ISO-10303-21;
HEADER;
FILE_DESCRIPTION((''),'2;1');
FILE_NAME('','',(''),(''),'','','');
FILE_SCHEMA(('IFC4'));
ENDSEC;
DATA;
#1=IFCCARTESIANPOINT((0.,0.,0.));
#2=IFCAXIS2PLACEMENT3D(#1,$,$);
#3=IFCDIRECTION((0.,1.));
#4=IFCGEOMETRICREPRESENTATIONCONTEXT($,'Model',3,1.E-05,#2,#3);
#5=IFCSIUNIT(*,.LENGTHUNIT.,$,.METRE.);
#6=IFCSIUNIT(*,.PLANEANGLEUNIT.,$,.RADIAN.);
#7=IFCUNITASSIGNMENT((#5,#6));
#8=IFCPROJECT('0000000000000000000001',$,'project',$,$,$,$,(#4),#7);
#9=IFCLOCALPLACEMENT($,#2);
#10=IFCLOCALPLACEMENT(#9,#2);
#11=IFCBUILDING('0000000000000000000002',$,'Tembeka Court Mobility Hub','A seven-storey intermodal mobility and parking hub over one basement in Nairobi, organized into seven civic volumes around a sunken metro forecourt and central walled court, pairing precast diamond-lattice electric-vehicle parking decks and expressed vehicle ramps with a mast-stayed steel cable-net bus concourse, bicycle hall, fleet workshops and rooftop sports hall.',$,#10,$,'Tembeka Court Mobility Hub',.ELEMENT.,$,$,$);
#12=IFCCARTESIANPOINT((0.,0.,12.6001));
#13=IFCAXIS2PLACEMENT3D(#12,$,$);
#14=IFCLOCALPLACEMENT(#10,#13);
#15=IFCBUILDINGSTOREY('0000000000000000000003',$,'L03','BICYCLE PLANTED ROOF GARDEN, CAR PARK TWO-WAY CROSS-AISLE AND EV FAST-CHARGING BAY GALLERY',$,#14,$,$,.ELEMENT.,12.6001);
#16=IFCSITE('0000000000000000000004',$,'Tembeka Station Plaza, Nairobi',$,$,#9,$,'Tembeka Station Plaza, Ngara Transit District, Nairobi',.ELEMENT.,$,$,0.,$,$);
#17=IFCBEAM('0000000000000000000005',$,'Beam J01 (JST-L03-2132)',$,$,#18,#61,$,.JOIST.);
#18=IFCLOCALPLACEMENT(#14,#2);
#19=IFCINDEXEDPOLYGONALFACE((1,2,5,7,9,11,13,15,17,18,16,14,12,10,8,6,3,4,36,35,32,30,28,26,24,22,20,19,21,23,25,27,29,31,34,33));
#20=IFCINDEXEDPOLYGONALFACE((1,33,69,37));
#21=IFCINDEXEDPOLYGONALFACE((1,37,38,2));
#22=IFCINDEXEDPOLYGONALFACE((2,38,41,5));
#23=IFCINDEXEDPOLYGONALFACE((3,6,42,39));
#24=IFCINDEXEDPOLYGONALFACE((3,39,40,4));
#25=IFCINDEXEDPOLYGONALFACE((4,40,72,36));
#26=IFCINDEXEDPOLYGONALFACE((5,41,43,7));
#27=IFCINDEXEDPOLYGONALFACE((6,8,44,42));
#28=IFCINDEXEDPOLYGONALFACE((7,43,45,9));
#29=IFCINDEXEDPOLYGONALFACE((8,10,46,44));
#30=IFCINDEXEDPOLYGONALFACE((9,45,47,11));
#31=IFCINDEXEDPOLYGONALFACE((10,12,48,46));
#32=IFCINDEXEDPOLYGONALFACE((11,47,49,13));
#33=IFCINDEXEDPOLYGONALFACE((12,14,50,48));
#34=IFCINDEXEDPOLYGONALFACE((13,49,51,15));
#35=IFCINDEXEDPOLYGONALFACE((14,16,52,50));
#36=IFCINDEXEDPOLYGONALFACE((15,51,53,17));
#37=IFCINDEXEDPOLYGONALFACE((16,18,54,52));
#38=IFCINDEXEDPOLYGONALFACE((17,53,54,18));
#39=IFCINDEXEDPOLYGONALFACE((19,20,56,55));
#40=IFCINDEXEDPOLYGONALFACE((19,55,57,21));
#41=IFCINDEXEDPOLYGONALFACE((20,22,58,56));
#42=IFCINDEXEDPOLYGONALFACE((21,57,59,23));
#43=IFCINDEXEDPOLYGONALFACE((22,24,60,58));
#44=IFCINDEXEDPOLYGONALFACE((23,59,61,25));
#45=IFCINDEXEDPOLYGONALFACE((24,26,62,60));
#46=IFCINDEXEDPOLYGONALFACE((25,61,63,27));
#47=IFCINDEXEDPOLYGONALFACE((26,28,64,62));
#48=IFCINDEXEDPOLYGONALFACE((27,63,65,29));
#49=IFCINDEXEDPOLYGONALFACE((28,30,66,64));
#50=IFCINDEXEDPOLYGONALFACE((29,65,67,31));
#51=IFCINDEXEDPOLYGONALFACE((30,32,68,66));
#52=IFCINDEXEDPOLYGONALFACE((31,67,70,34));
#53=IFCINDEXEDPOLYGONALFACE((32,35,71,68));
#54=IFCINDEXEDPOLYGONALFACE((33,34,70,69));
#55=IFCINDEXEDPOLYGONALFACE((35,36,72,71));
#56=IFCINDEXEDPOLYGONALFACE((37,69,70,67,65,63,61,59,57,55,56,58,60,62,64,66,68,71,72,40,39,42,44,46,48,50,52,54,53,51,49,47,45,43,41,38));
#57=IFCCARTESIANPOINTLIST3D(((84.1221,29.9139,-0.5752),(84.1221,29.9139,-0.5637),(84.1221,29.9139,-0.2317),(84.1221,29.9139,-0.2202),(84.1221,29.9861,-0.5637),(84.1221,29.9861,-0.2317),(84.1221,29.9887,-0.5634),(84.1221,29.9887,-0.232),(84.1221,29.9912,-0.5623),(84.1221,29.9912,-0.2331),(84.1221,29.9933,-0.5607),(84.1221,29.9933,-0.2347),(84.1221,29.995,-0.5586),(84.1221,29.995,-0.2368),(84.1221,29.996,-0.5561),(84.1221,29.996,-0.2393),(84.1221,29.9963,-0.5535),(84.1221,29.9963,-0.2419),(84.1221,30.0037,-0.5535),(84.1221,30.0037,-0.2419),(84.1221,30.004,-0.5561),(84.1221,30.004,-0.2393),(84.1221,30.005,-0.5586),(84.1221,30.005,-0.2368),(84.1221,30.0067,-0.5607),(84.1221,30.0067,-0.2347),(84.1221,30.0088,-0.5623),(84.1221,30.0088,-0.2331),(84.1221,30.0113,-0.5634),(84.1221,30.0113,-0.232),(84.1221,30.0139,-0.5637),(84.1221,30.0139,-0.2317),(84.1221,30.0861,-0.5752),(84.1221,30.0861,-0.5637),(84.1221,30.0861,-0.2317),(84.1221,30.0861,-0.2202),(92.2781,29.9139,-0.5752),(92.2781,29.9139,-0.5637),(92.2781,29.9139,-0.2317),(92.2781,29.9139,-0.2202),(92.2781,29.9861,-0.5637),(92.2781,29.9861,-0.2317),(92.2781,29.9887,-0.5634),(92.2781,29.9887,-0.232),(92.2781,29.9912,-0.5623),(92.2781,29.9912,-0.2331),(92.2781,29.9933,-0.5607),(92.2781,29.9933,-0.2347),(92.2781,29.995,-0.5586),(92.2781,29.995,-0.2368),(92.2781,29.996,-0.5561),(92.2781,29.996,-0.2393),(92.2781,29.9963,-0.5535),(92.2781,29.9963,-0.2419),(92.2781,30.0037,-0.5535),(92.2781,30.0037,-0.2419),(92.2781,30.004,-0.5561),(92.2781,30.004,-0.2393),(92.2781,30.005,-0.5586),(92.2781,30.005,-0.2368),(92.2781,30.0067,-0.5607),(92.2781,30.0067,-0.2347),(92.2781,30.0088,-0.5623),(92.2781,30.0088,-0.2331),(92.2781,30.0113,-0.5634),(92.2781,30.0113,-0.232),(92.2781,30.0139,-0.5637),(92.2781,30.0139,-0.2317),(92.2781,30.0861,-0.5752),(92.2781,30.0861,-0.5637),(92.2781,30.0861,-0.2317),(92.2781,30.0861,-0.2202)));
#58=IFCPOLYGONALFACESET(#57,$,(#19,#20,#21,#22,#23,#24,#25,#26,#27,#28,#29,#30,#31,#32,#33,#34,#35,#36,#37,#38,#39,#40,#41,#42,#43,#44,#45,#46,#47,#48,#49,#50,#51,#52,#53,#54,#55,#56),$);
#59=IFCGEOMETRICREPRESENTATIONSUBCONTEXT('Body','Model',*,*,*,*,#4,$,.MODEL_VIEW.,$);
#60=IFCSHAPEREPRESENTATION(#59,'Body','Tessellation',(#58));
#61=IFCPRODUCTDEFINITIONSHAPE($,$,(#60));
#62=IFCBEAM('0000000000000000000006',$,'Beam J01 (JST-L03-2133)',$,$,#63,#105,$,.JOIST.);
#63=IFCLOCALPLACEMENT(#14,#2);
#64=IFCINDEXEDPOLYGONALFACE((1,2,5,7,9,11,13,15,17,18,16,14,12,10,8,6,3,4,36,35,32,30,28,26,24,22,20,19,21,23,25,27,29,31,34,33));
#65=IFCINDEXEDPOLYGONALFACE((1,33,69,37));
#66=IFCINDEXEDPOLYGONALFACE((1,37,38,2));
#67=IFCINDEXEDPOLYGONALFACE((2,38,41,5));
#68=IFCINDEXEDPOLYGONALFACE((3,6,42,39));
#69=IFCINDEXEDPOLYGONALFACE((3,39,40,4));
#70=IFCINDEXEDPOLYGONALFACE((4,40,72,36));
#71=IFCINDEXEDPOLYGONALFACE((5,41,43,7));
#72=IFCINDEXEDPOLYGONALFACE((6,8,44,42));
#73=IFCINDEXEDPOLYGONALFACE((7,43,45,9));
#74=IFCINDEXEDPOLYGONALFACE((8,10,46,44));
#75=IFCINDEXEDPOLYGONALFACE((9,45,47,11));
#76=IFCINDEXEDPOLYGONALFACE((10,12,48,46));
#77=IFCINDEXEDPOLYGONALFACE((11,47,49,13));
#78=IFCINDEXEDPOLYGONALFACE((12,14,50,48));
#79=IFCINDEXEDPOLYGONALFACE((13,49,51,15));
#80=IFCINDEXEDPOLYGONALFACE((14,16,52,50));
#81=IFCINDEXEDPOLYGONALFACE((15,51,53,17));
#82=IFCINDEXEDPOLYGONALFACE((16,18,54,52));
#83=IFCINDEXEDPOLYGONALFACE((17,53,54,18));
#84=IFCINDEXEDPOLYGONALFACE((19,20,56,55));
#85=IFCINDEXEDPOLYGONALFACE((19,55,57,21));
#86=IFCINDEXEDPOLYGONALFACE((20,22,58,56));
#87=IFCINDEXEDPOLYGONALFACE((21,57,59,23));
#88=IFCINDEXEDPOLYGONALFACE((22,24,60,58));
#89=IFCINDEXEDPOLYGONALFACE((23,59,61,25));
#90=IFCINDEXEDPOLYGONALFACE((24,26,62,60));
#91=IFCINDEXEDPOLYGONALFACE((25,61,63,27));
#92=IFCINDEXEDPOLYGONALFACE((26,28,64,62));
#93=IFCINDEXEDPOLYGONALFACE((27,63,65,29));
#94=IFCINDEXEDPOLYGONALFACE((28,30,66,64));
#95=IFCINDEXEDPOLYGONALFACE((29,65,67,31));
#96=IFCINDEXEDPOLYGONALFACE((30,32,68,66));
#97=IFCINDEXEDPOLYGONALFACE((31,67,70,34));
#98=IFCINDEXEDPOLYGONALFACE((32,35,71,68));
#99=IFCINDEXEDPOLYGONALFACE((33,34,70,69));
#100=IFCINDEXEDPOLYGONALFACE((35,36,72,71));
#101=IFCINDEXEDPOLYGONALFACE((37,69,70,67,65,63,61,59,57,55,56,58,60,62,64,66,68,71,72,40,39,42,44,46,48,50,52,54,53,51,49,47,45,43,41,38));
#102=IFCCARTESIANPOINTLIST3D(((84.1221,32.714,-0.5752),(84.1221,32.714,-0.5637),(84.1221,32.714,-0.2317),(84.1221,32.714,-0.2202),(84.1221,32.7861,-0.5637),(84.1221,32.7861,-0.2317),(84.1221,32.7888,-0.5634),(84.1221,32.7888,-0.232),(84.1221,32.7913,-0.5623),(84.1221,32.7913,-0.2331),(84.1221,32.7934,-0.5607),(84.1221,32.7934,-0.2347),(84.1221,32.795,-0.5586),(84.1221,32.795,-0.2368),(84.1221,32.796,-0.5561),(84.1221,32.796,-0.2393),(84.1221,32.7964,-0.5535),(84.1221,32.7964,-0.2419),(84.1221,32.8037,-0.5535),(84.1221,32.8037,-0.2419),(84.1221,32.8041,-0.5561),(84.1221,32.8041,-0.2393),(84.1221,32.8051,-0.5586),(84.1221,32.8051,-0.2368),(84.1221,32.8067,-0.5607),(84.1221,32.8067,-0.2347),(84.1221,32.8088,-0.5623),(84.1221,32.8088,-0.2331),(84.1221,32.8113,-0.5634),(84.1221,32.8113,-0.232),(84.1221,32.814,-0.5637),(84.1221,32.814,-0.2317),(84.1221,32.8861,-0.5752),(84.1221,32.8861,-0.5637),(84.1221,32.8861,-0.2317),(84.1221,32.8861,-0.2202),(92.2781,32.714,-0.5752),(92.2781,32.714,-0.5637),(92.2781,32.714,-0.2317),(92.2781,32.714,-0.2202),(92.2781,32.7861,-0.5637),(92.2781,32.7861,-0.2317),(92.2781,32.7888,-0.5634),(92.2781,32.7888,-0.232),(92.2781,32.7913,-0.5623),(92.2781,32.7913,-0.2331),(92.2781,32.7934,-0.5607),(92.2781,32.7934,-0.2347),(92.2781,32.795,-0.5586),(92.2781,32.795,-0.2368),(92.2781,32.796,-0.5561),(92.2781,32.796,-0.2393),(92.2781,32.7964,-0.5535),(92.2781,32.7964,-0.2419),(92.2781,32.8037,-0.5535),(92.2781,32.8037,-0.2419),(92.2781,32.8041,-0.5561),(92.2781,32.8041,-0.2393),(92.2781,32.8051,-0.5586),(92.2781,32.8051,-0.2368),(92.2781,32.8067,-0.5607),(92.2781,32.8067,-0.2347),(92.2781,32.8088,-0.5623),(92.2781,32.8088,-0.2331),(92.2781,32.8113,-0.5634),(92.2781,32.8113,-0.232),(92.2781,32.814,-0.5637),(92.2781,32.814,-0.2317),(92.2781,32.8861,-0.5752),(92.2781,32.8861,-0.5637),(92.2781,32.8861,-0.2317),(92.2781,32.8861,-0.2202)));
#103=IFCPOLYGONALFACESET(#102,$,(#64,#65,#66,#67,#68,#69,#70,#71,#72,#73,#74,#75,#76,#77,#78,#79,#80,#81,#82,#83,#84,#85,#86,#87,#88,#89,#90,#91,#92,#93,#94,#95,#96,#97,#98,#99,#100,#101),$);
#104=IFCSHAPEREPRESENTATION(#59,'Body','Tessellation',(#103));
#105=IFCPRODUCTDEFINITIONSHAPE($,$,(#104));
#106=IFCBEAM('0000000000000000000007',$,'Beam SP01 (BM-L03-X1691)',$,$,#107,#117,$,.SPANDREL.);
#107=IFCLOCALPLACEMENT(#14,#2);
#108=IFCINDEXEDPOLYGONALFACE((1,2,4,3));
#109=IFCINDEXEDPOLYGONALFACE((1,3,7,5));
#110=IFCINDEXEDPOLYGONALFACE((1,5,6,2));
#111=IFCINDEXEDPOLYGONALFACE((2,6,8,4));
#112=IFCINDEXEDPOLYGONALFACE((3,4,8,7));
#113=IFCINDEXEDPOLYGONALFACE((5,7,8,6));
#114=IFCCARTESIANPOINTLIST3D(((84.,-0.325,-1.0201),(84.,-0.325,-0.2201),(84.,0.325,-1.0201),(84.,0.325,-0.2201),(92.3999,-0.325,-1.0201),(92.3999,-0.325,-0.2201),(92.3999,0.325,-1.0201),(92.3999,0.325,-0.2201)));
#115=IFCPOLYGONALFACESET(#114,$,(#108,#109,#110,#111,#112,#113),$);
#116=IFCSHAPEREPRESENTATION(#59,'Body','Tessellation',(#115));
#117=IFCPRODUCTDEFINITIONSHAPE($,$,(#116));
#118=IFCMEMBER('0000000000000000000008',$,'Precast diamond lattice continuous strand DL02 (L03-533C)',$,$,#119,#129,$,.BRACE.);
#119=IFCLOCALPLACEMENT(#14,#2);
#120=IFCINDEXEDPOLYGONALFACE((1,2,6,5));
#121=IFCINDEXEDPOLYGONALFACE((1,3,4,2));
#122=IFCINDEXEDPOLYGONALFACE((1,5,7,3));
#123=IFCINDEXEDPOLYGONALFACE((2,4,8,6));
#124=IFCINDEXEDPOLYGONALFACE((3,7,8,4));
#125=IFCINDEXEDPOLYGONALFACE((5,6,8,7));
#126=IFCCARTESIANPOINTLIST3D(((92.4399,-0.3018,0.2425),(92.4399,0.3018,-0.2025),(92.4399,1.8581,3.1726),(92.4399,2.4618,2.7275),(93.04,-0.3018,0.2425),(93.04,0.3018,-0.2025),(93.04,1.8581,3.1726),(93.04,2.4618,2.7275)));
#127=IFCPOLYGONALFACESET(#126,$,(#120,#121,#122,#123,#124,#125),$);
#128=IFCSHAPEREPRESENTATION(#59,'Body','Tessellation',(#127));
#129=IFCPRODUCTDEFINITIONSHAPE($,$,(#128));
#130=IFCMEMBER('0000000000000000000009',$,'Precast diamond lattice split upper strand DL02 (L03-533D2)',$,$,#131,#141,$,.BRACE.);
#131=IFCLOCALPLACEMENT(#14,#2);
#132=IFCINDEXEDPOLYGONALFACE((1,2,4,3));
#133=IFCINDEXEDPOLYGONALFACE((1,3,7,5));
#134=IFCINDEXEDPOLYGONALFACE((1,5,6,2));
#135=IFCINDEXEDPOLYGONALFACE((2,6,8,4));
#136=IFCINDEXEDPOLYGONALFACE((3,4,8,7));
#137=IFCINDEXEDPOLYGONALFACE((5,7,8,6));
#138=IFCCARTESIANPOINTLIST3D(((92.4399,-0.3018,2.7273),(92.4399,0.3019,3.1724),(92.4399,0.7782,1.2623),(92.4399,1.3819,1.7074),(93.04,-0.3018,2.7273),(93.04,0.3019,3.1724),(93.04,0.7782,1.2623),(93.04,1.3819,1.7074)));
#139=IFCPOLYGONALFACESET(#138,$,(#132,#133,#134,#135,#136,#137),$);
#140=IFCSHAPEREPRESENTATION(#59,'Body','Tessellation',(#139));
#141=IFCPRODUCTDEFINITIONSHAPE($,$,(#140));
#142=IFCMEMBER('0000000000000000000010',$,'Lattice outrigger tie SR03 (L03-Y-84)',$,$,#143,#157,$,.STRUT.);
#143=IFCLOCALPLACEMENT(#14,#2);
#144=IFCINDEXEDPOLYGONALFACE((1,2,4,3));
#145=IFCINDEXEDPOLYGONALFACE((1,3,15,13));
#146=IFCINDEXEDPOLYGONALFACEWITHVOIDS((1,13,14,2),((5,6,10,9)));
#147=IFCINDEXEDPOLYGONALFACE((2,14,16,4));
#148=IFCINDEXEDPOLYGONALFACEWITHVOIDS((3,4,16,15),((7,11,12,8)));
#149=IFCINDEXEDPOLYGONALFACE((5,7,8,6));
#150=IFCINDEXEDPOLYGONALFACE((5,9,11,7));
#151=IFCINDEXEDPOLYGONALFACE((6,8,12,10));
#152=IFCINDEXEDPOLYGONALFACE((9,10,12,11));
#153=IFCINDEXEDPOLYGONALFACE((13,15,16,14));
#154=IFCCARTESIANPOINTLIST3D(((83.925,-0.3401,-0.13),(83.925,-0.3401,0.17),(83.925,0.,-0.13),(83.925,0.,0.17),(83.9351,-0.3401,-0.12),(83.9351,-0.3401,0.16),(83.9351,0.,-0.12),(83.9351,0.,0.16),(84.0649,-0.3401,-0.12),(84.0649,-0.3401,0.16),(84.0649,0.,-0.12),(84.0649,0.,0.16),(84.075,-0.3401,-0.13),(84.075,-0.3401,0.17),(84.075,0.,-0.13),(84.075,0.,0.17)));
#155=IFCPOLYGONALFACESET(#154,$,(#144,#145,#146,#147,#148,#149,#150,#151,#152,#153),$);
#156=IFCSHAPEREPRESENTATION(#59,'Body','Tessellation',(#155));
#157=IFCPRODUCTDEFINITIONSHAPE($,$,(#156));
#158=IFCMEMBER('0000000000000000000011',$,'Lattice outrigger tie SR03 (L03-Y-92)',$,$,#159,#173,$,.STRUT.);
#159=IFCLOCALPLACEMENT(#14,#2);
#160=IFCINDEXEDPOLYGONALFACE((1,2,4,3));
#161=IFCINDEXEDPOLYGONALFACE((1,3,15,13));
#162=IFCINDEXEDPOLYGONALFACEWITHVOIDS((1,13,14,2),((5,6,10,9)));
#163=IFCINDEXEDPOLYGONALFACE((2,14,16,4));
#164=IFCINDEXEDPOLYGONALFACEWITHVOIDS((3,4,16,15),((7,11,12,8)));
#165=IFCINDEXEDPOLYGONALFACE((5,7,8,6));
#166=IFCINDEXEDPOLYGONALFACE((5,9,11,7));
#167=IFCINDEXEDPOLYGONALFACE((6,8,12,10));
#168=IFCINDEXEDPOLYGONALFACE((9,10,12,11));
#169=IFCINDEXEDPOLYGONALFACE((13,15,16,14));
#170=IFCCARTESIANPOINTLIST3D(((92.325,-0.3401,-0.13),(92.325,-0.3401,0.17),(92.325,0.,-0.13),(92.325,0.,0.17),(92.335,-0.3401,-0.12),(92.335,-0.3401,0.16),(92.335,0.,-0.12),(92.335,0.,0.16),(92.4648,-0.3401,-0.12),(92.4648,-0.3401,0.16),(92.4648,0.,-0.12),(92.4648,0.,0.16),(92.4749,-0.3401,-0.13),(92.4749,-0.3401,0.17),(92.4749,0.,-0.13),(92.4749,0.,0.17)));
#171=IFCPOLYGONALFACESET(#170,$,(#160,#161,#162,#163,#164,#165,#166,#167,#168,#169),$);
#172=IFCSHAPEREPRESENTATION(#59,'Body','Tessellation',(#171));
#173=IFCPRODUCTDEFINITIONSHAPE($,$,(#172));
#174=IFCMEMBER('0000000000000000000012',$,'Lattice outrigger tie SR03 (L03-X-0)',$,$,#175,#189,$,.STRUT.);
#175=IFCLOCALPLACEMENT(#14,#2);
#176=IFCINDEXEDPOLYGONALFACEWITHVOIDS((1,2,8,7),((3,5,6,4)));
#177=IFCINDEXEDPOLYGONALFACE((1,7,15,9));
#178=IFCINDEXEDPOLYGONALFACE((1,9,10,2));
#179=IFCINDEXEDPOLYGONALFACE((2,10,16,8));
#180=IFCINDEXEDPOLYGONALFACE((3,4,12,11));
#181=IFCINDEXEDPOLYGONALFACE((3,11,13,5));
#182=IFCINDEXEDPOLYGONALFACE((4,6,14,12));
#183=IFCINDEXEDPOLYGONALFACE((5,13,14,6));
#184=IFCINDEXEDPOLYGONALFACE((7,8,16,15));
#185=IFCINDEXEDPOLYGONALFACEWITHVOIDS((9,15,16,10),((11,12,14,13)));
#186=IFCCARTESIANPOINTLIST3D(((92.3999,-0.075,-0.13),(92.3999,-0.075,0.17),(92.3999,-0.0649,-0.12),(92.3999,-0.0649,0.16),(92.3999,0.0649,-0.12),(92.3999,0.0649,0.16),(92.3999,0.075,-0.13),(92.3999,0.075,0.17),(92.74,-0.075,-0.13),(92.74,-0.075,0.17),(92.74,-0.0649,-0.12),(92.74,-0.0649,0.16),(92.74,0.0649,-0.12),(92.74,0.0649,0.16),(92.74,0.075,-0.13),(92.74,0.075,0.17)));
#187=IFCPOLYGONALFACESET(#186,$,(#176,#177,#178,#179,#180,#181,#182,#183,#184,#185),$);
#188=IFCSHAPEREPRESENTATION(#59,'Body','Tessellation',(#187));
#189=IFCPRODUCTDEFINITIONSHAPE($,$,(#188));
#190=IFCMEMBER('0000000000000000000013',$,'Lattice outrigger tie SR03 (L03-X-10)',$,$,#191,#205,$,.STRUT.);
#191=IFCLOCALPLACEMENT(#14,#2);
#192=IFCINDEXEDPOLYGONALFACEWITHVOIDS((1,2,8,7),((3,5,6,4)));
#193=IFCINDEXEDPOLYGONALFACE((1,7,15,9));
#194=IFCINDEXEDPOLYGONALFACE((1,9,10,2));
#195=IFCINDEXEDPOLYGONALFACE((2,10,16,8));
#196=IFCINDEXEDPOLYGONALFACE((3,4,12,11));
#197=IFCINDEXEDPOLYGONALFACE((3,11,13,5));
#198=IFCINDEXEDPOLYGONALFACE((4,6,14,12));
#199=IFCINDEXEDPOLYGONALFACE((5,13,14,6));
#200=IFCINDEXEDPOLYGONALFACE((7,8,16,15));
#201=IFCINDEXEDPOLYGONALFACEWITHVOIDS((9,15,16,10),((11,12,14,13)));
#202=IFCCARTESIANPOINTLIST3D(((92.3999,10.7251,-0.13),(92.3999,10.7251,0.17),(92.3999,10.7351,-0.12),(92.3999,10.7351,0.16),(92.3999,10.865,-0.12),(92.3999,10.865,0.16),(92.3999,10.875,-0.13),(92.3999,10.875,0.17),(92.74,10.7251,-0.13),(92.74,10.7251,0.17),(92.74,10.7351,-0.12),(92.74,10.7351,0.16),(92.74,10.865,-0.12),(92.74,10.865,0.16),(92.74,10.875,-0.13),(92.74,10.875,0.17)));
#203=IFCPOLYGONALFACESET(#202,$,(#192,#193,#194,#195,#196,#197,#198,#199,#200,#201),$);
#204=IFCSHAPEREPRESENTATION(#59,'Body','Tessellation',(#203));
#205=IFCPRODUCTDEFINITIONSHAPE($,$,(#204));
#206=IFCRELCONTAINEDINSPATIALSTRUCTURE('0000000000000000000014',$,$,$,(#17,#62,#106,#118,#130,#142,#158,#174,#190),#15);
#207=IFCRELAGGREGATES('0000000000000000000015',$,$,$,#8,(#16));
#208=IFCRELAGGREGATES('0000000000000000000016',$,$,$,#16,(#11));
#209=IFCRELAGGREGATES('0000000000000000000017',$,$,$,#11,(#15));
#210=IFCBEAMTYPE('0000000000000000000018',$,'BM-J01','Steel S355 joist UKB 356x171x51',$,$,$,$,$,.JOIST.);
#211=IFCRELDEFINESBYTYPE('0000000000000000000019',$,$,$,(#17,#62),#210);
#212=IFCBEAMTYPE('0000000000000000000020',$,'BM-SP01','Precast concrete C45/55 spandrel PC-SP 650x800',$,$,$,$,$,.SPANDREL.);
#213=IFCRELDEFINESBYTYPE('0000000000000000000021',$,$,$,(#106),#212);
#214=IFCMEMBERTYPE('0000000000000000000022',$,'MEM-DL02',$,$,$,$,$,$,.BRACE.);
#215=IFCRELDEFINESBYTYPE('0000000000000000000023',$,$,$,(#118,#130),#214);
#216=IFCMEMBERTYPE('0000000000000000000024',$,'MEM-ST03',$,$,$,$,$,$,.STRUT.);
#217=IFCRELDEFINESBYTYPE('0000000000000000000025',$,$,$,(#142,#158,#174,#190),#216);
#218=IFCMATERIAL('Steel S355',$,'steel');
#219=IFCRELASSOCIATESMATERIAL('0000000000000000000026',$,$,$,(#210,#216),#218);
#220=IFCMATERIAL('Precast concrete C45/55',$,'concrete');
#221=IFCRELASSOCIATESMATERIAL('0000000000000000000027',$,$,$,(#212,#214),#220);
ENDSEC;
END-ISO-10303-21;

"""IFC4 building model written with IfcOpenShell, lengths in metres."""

from ifc_helpers import new_model, si_unit, direction, frame, origin, origin_2d, place, context, subcontext, project, spatial, rectangle, hollow_rectangle, i_section, extrude, material, material_profile, profile_set, type_object, element, save


model = new_model("IFC4")

# Units and contexts
model_context = context("Model", 3, precision=1e-05, world=origin(), true_north=direction((0.0, 1.0)))
body_context = subcontext(model_context, "Body", "Model", "MODEL_VIEW")
ifc_project = project(units=[si_unit("LENGTHUNIT", "METRE"), si_unit("PLANEANGLEUNIT", "RADIAN")], contexts=[model_context])

# Site, building, storey
site_placement = place(None, origin())
site = spatial("IfcSite", under=ifc_project, at=site_placement, Name="Tembeka Station Plaza, Nairobi", LongName="Tembeka Station Plaza, Ngara Transit District, Nairobi", CompositionType="ELEMENT", RefElevation=0.0)
building_placement = place(site_placement, origin())
building = spatial("IfcBuilding", under=site, at=building_placement, Name="Tembeka Court Mobility Hub", Description="A seven-storey intermodal mobility and parking hub over one basement in Nairobi, organized into seven civic volumes around a sunken metro forecourt and central walled court, pairing precast diamond-lattice electric-vehicle parking decks and expressed vehicle ramps with a mast-stayed steel cable-net bus concourse, bicycle hall, fleet workshops and rooftop sports hall.", LongName="Tembeka Court Mobility Hub", CompositionType="ELEMENT")
storey_placement = place(building_placement, frame((0.0, 0.0, 12.6001)))
storey = spatial("IfcBuildingStorey", under=building, at=storey_placement, Name="L03", Description="BICYCLE PLANTED ROOF GARDEN, CAR PARK TWO-WAY CROSS-AISLE AND EV FAST-CHARGING BAY GALLERY", CompositionType="ELEMENT", Elevation=12.6001)

# Shared definitions
ifc_material_1 = material(Name="Steel S355", Category="steel")

# Beams
ifc_material_profile_1 = material_profile(ifc_material_1, i_section(OverallWidth=0.1721, OverallDepth=0.355, WebThickness=0.0073, FlangeThickness=0.0115, FilletRadius=0.0103, at=origin_2d()), Name="UKB 356x171x51")
ifc_profile_set_1 = profile_set([ifc_material_profile_1], Name="Steel S355")
beam_type_1 = type_object("IfcBeamType", Name="BM-J01", Description="Steel S355 joist UKB 356x171x51", PredefinedType="JOIST", material=ifc_profile_set_1)
for number, where, z_axis, x_axis, name in (
    (1, (84.1221, 30.0, -0.3977), (1.0, 0.0, 0.0), (0.0, 1.0, 0.0), "Beam J01 (JST-L03-2132)"),
    (2, (84.1221, 32.8, -0.3977), (1.0, 0.0, 0.0), (0.0, 1.0, 0.0), "Beam J01 (JST-L03-2133)"),
):
    element("IfcBeam", number, at=place(storey_placement, frame(where, z_axis=z_axis, x_axis=x_axis)), inside=storey, type_object=beam_type_1, Name=name, PredefinedType="JOIST", context=body_context, shape_type="SweptSolid", body=[
        extrude(i_section(OverallWidth=0.1721, OverallDepth=0.355, WebThickness=0.0073, FlangeThickness=0.0115, FilletRadius=0.0103, at=origin_2d()), origin(), (0.0, 0.0, 1.0), 8.156),
    ])
ifc_material_2 = material(Name="Precast concrete C45/55", Category="concrete")
ifc_material_profile_2 = material_profile(ifc_material_2, rectangle(XDim=0.6499, YDim=0.8, at=origin_2d()), Name="PC-SP 650x800")
ifc_profile_set_2 = profile_set([ifc_material_profile_2], Name="Precast concrete C45/55")
beam_type_2 = type_object("IfcBeamType", Name="BM-SP01", Description="Precast concrete C45/55 spandrel PC-SP 650x800", PredefinedType="SPANDREL", material=ifc_profile_set_2)
beam_placement = place(storey_placement, frame((84.0, 0.0, -0.6201), z_axis=(1.0, 0.0, 0.0), x_axis=(0.0, 1.0, 0.0)))
element("IfcBeam", 3, at=beam_placement, inside=storey, type_object=beam_type_2, Name="Beam SP01 (BM-L03-X1691)", PredefinedType="SPANDREL", context=body_context, shape_type="SweptSolid", body=[
    extrude(rectangle(XDim=0.6499, YDim=0.8, at=origin_2d()), origin(), (0.0, 0.0, 1.0), 8.3999),
])

# Members
ifc_material_profile_3 = material_profile(ifc_material_2, rectangle(XDim=0.6001, YDim=0.75, at=origin_2d()), Name="PC-DIAG 600x750")
ifc_profile_set_3 = profile_set([ifc_material_profile_3], Name="Precast concrete C45/55")
member_type_1 = type_object("IfcMemberType", Name="MEM-DL02", PredefinedType="BRACE", material=ifc_profile_set_3)
member_1_placement = place(storey_placement, frame((92.74, 0.0, 0.02), z_axis=(0.0, 0.59338, 0.804923), x_axis=(-1.0, 0.0, 0.0)))
element("IfcMember", 4, at=member_1_placement, inside=storey, type_object=member_type_1, Name="Precast diamond lattice continuous strand DL02 (L03-533C)", PredefinedType="BRACE", context=body_context, shape_type="SweptSolid", body=[
    extrude(rectangle(XDim=0.6001, YDim=0.75, at=origin_2d()), origin(), (0.0, 0.0, 1.0), 3.6401),
])
member_2_placement = place(storey_placement, frame((92.74, 1.0801, 1.4849), z_axis=(0.0, -0.593391, 0.804914), x_axis=(1.0, 0.0, 0.0)))
element("IfcMember", 5, at=member_2_placement, inside=storey, type_object=member_type_1, Name="Precast diamond lattice split upper strand DL02 (L03-533D2)", PredefinedType="BRACE", context=body_context, shape_type="SweptSolid", body=[
    extrude(rectangle(XDim=0.6001, YDim=0.75, at=origin_2d()), origin(), (0.0, 0.0, 1.0), 1.8201),
])
ifc_material_profile_4 = material_profile(ifc_material_1, hollow_rectangle(XDim=0.1499, YDim=0.3, WallThickness=0.01, at=origin_2d()), Name="RHS 300x150x10")
ifc_profile_set_4 = profile_set([ifc_material_profile_4], Name="Steel S355")
member_type_2 = type_object("IfcMemberType", Name="MEM-ST03", PredefinedType="STRUT", material=ifc_profile_set_4)
for number, where, z_axis, x_axis, name in (
    (6, (84.0, 0.0, 0.02), (0.0, -1.0, 0.0), (1.0, 0.0, 0.0), "Lattice outrigger tie SR03 (L03-Y-84)"),
    (7, (92.3999, 0.0, 0.02), (0.0, -1.0, 0.0), (1.0, 0.0, 0.0), "Lattice outrigger tie SR03 (L03-Y-92)"),
    (8, (92.3999, 0.0, 0.02), (1.0, 0.0, 0.0), (0.0, 1.0, 0.0), "Lattice outrigger tie SR03 (L03-X-0)"),
    (9, (92.3999, 10.8, 0.02), (1.0, 0.0, 0.0), (0.0, 1.0, 0.0), "Lattice outrigger tie SR03 (L03-X-10)"),
):
    element("IfcMember", number, at=place(storey_placement, frame(where, z_axis=z_axis, x_axis=x_axis)), inside=storey, type_object=member_type_2, Name=name, PredefinedType="STRUT", context=body_context, shape_type="SweptSolid", body=[
        extrude(hollow_rectangle(XDim=0.1499, YDim=0.3, WallThickness=0.01, at=origin_2d()), origin(), (0.0, 0.0, 1.0), 0.3401),
    ])

save(model, "model.ifc")
